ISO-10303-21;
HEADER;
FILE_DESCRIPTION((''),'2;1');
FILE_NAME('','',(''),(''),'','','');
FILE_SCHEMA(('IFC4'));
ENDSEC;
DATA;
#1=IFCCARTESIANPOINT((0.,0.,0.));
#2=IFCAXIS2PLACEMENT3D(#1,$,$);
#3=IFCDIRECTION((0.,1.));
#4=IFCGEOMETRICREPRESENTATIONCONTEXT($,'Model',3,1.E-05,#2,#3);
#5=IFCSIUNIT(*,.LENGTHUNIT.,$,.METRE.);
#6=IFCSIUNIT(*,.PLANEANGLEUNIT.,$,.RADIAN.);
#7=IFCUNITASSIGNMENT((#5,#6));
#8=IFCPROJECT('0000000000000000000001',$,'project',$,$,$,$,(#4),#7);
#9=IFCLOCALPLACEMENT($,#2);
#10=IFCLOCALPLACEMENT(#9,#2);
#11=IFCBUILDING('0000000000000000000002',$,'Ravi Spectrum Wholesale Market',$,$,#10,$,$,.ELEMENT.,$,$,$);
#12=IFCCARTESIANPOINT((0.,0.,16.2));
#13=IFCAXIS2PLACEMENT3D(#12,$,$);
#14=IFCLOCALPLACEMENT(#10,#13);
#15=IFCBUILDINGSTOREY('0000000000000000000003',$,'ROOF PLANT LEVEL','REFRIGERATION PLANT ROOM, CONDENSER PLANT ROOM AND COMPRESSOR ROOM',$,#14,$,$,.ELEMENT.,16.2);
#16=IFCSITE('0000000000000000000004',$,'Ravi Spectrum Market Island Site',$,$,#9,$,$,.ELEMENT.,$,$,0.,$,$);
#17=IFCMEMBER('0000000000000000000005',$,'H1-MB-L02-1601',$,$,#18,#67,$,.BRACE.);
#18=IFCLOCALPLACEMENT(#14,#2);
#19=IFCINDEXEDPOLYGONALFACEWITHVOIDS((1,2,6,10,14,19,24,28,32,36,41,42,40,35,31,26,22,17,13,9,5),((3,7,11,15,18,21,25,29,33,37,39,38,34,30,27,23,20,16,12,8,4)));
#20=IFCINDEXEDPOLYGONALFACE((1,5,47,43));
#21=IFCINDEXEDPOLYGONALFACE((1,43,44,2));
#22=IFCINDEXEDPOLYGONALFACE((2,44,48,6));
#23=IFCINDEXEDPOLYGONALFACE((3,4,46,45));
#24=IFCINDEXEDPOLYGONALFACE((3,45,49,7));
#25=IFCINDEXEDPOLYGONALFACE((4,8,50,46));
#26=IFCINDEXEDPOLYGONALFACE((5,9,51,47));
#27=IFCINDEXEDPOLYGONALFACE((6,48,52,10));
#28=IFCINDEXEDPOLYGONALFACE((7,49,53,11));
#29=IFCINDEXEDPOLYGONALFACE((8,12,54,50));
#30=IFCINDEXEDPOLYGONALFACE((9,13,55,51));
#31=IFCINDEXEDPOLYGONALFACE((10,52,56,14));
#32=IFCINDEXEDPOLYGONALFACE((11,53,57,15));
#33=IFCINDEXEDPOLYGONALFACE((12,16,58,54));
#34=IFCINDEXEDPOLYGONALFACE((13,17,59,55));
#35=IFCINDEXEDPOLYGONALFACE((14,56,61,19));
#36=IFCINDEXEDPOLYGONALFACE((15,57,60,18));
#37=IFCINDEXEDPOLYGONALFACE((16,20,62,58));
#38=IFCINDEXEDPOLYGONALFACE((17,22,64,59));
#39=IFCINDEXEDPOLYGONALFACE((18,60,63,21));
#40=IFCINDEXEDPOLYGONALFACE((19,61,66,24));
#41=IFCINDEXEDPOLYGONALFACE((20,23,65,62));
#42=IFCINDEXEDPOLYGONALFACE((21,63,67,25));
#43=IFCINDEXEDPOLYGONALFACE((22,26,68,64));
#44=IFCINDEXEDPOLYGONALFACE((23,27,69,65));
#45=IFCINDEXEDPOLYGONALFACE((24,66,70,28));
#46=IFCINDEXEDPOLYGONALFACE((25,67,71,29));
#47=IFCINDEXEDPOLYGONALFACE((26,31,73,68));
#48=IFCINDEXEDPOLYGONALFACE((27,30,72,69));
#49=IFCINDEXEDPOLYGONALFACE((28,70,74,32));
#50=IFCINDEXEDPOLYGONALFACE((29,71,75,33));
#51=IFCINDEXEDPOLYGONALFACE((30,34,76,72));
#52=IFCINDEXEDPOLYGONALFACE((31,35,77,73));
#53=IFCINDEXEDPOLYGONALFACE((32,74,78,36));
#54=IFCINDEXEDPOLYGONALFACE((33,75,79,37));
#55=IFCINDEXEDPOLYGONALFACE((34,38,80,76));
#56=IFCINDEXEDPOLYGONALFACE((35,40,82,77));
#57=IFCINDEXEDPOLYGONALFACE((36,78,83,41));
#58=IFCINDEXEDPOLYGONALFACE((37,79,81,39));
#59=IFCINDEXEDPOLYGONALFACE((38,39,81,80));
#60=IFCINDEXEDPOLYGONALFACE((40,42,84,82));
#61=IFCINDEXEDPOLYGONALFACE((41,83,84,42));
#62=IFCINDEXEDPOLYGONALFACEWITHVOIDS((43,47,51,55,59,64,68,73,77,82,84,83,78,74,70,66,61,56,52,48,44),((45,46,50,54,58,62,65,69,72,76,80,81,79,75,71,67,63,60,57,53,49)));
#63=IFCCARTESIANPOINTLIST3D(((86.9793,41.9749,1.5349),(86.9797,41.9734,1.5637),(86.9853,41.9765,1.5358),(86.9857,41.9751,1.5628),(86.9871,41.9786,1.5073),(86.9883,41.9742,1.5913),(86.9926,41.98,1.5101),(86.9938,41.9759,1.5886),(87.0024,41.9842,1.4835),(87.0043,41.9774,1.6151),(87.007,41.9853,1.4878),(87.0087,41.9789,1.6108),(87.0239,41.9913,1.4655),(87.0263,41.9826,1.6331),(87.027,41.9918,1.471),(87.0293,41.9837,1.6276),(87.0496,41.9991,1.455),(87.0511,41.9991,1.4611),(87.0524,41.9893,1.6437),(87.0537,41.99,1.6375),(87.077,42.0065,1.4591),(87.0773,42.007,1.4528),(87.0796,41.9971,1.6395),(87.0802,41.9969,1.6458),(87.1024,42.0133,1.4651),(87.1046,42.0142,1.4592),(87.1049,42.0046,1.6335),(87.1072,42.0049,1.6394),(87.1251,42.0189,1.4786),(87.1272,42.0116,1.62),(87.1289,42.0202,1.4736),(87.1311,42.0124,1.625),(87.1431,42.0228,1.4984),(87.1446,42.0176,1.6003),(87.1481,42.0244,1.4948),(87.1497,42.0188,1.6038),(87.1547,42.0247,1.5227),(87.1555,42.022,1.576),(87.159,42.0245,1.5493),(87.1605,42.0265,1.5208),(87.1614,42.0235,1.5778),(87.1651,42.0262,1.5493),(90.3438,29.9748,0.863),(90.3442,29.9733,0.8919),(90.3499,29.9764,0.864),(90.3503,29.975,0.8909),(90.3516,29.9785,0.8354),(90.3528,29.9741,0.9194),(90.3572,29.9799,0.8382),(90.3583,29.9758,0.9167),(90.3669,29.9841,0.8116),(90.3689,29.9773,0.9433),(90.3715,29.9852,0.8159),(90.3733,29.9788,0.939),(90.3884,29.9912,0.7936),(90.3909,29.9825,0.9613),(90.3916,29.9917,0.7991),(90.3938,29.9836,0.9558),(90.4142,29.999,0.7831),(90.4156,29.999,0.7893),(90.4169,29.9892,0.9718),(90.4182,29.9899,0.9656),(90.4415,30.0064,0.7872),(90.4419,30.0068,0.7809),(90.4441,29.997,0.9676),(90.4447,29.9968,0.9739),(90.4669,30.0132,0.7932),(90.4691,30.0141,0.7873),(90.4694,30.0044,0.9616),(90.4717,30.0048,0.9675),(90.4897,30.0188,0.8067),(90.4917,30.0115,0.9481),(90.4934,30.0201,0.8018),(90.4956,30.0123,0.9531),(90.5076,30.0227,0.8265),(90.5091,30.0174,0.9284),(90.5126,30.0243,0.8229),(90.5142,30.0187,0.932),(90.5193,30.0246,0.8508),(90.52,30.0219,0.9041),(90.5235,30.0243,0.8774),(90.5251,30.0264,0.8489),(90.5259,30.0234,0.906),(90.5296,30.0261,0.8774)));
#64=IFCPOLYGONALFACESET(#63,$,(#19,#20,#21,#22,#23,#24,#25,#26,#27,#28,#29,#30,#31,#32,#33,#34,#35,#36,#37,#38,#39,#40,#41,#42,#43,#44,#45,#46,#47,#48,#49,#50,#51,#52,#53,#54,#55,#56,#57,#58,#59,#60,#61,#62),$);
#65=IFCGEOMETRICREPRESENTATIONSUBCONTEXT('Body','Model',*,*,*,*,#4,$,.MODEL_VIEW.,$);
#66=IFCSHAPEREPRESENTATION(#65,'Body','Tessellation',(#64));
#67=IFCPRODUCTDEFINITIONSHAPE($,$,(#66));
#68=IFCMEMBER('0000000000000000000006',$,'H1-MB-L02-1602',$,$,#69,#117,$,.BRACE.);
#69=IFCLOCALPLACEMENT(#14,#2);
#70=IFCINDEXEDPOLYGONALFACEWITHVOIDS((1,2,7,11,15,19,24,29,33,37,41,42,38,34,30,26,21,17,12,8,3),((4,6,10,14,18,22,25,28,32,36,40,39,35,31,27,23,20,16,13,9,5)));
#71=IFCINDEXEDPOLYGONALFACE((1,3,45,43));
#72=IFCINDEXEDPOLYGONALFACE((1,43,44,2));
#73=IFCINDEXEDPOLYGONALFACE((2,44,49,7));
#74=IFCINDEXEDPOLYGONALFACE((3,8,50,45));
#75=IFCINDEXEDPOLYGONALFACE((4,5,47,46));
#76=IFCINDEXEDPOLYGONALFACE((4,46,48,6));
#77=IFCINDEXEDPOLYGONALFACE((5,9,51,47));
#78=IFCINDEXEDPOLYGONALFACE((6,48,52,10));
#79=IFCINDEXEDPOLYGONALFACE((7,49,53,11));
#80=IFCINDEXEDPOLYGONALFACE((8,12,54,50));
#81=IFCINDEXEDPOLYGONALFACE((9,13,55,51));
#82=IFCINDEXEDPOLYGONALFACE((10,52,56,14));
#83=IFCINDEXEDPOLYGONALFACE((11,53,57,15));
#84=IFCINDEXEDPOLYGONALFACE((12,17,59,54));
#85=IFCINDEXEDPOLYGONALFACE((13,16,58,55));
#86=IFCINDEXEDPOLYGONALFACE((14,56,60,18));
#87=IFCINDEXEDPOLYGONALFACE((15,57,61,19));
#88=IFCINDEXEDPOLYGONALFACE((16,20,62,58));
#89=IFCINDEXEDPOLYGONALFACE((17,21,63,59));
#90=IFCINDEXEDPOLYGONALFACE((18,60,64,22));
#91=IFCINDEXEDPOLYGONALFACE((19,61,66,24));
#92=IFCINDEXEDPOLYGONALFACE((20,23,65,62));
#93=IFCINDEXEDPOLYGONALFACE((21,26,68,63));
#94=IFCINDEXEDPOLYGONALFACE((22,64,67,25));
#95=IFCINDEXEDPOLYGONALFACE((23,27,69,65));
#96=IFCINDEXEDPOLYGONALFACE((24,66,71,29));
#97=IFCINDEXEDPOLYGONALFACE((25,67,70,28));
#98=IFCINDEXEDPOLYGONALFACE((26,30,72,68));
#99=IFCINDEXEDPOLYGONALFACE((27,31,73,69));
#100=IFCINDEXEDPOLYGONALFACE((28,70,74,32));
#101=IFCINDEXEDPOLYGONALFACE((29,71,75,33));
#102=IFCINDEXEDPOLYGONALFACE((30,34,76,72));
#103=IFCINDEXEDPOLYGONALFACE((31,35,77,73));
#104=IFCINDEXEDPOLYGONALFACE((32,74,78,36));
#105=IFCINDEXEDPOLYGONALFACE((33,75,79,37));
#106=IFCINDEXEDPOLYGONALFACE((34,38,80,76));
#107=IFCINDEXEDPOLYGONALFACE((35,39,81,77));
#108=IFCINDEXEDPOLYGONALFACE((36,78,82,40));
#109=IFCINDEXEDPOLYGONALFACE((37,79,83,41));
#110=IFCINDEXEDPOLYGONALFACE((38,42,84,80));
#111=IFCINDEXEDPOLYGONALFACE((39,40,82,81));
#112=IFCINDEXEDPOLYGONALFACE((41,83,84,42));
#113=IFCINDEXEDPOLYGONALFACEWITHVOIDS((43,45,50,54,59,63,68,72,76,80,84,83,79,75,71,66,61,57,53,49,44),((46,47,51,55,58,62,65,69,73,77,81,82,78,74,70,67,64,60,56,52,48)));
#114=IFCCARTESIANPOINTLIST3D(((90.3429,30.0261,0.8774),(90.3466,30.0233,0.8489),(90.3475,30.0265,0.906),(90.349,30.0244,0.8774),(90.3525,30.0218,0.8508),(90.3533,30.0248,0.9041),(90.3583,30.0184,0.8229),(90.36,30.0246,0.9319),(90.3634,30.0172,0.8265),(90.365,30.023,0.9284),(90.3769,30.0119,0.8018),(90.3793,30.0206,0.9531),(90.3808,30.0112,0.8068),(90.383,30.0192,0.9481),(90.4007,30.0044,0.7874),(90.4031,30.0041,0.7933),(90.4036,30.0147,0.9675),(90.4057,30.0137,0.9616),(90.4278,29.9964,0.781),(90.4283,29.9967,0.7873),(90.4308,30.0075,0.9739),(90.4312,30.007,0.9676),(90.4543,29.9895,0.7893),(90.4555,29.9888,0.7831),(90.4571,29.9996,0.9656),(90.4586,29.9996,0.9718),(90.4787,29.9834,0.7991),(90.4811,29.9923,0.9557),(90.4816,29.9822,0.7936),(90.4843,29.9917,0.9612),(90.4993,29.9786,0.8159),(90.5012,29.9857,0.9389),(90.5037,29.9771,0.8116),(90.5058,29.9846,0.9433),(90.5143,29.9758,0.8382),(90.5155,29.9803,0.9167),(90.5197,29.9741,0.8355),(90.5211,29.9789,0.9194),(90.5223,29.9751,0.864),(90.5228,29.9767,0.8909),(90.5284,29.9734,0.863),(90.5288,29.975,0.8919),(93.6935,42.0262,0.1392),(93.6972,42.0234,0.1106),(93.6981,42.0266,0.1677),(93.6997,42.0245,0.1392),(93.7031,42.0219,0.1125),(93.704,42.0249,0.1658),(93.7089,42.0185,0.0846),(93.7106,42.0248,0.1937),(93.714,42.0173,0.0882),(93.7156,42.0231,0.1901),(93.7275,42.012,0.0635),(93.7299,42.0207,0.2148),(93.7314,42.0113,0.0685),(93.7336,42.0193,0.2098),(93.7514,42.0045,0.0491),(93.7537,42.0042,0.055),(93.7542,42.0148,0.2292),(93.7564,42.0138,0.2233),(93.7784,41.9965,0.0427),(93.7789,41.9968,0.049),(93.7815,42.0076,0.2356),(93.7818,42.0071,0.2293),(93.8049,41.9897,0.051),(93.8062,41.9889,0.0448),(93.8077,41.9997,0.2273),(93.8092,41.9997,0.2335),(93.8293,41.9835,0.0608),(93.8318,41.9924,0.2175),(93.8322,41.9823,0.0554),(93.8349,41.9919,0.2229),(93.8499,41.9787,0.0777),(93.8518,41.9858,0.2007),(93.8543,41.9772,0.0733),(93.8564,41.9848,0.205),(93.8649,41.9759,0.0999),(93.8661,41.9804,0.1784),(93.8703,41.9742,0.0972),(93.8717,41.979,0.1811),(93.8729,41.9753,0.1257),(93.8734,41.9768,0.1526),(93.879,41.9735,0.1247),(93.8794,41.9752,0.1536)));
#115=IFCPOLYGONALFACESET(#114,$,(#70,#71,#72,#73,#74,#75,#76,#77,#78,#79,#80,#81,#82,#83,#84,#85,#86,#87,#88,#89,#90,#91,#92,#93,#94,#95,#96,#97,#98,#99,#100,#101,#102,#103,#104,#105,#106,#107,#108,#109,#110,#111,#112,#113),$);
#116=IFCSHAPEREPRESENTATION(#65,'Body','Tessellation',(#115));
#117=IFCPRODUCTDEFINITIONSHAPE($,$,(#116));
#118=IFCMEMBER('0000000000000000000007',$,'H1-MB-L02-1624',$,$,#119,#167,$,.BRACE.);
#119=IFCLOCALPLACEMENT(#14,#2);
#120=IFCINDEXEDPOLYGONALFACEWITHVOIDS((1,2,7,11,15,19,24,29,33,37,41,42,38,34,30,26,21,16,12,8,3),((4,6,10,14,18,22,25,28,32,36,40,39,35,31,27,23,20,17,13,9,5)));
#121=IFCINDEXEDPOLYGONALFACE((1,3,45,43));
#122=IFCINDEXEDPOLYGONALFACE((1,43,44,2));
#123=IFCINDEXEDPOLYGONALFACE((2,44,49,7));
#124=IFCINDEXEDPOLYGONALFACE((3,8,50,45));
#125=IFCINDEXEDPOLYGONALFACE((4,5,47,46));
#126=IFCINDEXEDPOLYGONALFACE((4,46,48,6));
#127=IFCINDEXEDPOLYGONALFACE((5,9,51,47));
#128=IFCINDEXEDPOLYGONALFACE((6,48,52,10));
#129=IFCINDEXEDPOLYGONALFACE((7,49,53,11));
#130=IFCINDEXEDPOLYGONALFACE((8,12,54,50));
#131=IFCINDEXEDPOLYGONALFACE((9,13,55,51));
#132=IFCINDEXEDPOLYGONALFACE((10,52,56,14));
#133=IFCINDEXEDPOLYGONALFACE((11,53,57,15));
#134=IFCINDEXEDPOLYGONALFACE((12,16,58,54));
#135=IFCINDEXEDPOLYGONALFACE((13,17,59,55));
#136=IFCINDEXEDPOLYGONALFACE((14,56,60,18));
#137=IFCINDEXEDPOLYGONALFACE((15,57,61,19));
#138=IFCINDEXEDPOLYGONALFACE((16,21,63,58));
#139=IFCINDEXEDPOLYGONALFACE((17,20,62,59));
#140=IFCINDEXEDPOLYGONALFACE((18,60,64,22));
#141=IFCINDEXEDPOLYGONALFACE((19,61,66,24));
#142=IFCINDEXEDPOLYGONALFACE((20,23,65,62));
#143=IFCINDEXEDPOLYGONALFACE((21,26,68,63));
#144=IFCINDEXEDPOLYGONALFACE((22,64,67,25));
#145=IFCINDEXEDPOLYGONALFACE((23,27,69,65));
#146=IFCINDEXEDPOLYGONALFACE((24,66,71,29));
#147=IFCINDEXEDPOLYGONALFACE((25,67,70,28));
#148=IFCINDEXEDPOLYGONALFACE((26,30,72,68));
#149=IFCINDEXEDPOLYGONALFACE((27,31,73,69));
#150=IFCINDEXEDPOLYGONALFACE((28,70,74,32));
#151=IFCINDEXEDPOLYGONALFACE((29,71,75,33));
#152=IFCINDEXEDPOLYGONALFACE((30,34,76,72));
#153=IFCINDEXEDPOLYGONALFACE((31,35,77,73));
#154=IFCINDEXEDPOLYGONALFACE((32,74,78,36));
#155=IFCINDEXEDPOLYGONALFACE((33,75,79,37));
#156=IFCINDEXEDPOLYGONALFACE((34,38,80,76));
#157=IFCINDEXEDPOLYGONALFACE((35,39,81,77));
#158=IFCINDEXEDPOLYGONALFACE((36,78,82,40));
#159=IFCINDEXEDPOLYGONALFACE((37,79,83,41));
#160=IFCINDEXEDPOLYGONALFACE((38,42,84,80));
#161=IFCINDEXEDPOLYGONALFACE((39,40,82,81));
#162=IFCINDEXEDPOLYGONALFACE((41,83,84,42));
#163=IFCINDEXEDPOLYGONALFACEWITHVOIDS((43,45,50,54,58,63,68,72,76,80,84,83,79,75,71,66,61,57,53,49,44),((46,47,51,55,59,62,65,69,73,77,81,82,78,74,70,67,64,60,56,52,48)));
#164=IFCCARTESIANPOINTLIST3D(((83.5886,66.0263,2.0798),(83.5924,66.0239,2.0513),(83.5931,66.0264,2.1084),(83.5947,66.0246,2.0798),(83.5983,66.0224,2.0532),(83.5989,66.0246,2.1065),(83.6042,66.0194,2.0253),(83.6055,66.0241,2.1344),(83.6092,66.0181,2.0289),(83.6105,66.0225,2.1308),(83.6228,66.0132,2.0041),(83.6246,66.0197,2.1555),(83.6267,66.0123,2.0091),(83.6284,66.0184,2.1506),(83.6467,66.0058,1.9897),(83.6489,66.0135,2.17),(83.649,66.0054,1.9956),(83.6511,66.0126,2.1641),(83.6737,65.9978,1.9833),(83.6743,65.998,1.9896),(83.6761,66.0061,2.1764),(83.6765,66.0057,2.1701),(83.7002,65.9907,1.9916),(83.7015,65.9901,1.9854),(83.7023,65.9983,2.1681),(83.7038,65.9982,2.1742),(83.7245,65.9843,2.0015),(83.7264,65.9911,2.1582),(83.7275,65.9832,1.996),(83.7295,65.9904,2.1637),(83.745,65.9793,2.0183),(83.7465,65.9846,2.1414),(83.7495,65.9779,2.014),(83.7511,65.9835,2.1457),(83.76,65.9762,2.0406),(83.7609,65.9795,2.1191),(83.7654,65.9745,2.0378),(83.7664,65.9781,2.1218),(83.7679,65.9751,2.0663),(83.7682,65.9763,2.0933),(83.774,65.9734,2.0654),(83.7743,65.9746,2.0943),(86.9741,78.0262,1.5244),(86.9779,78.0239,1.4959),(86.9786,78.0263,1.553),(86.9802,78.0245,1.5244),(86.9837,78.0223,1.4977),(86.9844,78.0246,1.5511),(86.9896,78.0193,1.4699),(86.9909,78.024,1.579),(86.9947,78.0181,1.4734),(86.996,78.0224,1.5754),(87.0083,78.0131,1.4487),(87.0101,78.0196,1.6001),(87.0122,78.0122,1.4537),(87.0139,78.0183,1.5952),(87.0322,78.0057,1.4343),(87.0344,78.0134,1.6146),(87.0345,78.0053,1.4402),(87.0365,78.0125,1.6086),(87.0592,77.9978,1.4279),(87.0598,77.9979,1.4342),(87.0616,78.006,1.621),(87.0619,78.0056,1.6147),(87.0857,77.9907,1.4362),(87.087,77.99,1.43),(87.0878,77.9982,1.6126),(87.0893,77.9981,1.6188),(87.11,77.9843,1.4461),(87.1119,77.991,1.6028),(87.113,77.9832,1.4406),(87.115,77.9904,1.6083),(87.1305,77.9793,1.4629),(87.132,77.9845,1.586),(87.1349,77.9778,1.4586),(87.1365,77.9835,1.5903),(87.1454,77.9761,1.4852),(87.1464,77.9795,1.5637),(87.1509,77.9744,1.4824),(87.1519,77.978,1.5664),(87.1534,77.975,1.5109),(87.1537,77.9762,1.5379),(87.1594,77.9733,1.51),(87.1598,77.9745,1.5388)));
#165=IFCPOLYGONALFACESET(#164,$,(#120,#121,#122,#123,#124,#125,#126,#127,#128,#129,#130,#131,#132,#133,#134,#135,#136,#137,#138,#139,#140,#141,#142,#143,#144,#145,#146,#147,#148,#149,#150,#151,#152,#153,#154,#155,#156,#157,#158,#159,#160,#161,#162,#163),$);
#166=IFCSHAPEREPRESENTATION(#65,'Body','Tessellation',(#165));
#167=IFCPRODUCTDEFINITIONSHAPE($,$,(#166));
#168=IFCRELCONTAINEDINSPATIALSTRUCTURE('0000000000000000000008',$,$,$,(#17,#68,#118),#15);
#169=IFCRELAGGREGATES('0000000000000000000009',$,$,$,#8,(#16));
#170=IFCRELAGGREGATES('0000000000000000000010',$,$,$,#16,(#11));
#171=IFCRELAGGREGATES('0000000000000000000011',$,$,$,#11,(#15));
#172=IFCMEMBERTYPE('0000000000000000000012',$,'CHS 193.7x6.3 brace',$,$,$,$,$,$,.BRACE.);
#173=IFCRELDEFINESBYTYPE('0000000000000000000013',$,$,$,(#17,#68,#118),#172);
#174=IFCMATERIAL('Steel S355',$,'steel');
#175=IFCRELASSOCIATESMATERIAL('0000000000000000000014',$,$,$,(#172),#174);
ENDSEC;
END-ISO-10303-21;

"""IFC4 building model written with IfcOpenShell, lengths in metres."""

from ifc_helpers import new_model, si_unit, direction, frame, origin, origin_2d, place, context, subcontext, project, spatial, hollow_circle, extrude, material, material_profile, profile_set, type_object, element, save


model = new_model("IFC4")

# Units and contexts
model_context = context("Model", 3, precision=1e-05, world=origin(), true_north=direction((0.0, 1.0)))
body_context = subcontext(model_context, "Body", "Model", "MODEL_VIEW")
ifc_project = project(units=[si_unit("LENGTHUNIT", "METRE"), si_unit("PLANEANGLEUNIT", "RADIAN")], contexts=[model_context])

# Site, building, storey
site_placement = place(None, origin())
site = spatial("IfcSite", under=ifc_project, at=site_placement, Name="Ravi Spectrum Market Island Site", CompositionType="ELEMENT", RefElevation=0.0)
building_placement = place(site_placement, origin())
building = spatial("IfcBuilding", under=site, at=building_placement, Name="Ravi Spectrum Wholesale Market", CompositionType="ELEMENT")
storey_placement = place(building_placement, frame((0.0, 0.0, 16.2)))
storey = spatial("IfcBuildingStorey", under=building, at=storey_placement, Name="ROOF PLANT LEVEL", Description="REFRIGERATION PLANT ROOM, CONDENSER PLANT ROOM AND COMPRESSOR ROOM", CompositionType="ELEMENT", Elevation=16.2)

# Members
ifc_material_1 = material(Name="Steel S355", Category="steel")
ifc_material_profile_1 = material_profile(ifc_material_1, hollow_circle(Radius=0.0969, WallThickness=0.0063, at=origin_2d()))
ifc_profile_set_1 = profile_set([ifc_material_profile_1], Name="Steel S355")
member_type_1 = type_object("IfcMemberType", Name="CHS 193.7x6.3 brace", PredefinedType="BRACE", material=ifc_profile_set_1)
for number, where, z_axis, x_axis, name in (
    (1, (87.0718, 42.0, 1.5493), (0.269573, -0.961474, -0.053833), (0.96287, 0.269965, 0.0), "H1-MB-L02-1601"),
    (2, (90.4363, 30.0, 0.8774), (0.268458, 0.961473, -0.059153), (-0.96316, 0.268929, 0.0), "H1-MB-L02-1602"),
):
    element("IfcMember", number, at=place(storey_placement, frame(where, z_axis=z_axis, x_axis=x_axis)), inside=storey, type_object=member_type_1, Name=name, PredefinedType="BRACE", context=body_context, shape_type="SweptSolid", body=[
        extrude(hollow_circle(Radius=0.0969, WallThickness=0.0063, at=origin_2d()), origin(), (0.0, 0.0, 1.0), 12.481),
    ])
member_1_placement = place(storey_placement, frame((83.6819, 66.0, 2.0798), z_axis=(0.271257, 0.961478, -0.044502), x_axis=(-0.962431, 0.271526, 0.0)))
element("IfcMember", 3, at=member_1_placement, inside=storey, type_object=member_type_1, Name="H1-MB-L02-1624", PredefinedType="BRACE", context=body_context, shape_type="SweptSolid", body=[
    extrude(hollow_circle(Radius=0.0969, WallThickness=0.0063, at=origin_2d()), origin(), (0.0, 0.0, 1.0), 12.4807),
])

save(model, "model.ifc")
